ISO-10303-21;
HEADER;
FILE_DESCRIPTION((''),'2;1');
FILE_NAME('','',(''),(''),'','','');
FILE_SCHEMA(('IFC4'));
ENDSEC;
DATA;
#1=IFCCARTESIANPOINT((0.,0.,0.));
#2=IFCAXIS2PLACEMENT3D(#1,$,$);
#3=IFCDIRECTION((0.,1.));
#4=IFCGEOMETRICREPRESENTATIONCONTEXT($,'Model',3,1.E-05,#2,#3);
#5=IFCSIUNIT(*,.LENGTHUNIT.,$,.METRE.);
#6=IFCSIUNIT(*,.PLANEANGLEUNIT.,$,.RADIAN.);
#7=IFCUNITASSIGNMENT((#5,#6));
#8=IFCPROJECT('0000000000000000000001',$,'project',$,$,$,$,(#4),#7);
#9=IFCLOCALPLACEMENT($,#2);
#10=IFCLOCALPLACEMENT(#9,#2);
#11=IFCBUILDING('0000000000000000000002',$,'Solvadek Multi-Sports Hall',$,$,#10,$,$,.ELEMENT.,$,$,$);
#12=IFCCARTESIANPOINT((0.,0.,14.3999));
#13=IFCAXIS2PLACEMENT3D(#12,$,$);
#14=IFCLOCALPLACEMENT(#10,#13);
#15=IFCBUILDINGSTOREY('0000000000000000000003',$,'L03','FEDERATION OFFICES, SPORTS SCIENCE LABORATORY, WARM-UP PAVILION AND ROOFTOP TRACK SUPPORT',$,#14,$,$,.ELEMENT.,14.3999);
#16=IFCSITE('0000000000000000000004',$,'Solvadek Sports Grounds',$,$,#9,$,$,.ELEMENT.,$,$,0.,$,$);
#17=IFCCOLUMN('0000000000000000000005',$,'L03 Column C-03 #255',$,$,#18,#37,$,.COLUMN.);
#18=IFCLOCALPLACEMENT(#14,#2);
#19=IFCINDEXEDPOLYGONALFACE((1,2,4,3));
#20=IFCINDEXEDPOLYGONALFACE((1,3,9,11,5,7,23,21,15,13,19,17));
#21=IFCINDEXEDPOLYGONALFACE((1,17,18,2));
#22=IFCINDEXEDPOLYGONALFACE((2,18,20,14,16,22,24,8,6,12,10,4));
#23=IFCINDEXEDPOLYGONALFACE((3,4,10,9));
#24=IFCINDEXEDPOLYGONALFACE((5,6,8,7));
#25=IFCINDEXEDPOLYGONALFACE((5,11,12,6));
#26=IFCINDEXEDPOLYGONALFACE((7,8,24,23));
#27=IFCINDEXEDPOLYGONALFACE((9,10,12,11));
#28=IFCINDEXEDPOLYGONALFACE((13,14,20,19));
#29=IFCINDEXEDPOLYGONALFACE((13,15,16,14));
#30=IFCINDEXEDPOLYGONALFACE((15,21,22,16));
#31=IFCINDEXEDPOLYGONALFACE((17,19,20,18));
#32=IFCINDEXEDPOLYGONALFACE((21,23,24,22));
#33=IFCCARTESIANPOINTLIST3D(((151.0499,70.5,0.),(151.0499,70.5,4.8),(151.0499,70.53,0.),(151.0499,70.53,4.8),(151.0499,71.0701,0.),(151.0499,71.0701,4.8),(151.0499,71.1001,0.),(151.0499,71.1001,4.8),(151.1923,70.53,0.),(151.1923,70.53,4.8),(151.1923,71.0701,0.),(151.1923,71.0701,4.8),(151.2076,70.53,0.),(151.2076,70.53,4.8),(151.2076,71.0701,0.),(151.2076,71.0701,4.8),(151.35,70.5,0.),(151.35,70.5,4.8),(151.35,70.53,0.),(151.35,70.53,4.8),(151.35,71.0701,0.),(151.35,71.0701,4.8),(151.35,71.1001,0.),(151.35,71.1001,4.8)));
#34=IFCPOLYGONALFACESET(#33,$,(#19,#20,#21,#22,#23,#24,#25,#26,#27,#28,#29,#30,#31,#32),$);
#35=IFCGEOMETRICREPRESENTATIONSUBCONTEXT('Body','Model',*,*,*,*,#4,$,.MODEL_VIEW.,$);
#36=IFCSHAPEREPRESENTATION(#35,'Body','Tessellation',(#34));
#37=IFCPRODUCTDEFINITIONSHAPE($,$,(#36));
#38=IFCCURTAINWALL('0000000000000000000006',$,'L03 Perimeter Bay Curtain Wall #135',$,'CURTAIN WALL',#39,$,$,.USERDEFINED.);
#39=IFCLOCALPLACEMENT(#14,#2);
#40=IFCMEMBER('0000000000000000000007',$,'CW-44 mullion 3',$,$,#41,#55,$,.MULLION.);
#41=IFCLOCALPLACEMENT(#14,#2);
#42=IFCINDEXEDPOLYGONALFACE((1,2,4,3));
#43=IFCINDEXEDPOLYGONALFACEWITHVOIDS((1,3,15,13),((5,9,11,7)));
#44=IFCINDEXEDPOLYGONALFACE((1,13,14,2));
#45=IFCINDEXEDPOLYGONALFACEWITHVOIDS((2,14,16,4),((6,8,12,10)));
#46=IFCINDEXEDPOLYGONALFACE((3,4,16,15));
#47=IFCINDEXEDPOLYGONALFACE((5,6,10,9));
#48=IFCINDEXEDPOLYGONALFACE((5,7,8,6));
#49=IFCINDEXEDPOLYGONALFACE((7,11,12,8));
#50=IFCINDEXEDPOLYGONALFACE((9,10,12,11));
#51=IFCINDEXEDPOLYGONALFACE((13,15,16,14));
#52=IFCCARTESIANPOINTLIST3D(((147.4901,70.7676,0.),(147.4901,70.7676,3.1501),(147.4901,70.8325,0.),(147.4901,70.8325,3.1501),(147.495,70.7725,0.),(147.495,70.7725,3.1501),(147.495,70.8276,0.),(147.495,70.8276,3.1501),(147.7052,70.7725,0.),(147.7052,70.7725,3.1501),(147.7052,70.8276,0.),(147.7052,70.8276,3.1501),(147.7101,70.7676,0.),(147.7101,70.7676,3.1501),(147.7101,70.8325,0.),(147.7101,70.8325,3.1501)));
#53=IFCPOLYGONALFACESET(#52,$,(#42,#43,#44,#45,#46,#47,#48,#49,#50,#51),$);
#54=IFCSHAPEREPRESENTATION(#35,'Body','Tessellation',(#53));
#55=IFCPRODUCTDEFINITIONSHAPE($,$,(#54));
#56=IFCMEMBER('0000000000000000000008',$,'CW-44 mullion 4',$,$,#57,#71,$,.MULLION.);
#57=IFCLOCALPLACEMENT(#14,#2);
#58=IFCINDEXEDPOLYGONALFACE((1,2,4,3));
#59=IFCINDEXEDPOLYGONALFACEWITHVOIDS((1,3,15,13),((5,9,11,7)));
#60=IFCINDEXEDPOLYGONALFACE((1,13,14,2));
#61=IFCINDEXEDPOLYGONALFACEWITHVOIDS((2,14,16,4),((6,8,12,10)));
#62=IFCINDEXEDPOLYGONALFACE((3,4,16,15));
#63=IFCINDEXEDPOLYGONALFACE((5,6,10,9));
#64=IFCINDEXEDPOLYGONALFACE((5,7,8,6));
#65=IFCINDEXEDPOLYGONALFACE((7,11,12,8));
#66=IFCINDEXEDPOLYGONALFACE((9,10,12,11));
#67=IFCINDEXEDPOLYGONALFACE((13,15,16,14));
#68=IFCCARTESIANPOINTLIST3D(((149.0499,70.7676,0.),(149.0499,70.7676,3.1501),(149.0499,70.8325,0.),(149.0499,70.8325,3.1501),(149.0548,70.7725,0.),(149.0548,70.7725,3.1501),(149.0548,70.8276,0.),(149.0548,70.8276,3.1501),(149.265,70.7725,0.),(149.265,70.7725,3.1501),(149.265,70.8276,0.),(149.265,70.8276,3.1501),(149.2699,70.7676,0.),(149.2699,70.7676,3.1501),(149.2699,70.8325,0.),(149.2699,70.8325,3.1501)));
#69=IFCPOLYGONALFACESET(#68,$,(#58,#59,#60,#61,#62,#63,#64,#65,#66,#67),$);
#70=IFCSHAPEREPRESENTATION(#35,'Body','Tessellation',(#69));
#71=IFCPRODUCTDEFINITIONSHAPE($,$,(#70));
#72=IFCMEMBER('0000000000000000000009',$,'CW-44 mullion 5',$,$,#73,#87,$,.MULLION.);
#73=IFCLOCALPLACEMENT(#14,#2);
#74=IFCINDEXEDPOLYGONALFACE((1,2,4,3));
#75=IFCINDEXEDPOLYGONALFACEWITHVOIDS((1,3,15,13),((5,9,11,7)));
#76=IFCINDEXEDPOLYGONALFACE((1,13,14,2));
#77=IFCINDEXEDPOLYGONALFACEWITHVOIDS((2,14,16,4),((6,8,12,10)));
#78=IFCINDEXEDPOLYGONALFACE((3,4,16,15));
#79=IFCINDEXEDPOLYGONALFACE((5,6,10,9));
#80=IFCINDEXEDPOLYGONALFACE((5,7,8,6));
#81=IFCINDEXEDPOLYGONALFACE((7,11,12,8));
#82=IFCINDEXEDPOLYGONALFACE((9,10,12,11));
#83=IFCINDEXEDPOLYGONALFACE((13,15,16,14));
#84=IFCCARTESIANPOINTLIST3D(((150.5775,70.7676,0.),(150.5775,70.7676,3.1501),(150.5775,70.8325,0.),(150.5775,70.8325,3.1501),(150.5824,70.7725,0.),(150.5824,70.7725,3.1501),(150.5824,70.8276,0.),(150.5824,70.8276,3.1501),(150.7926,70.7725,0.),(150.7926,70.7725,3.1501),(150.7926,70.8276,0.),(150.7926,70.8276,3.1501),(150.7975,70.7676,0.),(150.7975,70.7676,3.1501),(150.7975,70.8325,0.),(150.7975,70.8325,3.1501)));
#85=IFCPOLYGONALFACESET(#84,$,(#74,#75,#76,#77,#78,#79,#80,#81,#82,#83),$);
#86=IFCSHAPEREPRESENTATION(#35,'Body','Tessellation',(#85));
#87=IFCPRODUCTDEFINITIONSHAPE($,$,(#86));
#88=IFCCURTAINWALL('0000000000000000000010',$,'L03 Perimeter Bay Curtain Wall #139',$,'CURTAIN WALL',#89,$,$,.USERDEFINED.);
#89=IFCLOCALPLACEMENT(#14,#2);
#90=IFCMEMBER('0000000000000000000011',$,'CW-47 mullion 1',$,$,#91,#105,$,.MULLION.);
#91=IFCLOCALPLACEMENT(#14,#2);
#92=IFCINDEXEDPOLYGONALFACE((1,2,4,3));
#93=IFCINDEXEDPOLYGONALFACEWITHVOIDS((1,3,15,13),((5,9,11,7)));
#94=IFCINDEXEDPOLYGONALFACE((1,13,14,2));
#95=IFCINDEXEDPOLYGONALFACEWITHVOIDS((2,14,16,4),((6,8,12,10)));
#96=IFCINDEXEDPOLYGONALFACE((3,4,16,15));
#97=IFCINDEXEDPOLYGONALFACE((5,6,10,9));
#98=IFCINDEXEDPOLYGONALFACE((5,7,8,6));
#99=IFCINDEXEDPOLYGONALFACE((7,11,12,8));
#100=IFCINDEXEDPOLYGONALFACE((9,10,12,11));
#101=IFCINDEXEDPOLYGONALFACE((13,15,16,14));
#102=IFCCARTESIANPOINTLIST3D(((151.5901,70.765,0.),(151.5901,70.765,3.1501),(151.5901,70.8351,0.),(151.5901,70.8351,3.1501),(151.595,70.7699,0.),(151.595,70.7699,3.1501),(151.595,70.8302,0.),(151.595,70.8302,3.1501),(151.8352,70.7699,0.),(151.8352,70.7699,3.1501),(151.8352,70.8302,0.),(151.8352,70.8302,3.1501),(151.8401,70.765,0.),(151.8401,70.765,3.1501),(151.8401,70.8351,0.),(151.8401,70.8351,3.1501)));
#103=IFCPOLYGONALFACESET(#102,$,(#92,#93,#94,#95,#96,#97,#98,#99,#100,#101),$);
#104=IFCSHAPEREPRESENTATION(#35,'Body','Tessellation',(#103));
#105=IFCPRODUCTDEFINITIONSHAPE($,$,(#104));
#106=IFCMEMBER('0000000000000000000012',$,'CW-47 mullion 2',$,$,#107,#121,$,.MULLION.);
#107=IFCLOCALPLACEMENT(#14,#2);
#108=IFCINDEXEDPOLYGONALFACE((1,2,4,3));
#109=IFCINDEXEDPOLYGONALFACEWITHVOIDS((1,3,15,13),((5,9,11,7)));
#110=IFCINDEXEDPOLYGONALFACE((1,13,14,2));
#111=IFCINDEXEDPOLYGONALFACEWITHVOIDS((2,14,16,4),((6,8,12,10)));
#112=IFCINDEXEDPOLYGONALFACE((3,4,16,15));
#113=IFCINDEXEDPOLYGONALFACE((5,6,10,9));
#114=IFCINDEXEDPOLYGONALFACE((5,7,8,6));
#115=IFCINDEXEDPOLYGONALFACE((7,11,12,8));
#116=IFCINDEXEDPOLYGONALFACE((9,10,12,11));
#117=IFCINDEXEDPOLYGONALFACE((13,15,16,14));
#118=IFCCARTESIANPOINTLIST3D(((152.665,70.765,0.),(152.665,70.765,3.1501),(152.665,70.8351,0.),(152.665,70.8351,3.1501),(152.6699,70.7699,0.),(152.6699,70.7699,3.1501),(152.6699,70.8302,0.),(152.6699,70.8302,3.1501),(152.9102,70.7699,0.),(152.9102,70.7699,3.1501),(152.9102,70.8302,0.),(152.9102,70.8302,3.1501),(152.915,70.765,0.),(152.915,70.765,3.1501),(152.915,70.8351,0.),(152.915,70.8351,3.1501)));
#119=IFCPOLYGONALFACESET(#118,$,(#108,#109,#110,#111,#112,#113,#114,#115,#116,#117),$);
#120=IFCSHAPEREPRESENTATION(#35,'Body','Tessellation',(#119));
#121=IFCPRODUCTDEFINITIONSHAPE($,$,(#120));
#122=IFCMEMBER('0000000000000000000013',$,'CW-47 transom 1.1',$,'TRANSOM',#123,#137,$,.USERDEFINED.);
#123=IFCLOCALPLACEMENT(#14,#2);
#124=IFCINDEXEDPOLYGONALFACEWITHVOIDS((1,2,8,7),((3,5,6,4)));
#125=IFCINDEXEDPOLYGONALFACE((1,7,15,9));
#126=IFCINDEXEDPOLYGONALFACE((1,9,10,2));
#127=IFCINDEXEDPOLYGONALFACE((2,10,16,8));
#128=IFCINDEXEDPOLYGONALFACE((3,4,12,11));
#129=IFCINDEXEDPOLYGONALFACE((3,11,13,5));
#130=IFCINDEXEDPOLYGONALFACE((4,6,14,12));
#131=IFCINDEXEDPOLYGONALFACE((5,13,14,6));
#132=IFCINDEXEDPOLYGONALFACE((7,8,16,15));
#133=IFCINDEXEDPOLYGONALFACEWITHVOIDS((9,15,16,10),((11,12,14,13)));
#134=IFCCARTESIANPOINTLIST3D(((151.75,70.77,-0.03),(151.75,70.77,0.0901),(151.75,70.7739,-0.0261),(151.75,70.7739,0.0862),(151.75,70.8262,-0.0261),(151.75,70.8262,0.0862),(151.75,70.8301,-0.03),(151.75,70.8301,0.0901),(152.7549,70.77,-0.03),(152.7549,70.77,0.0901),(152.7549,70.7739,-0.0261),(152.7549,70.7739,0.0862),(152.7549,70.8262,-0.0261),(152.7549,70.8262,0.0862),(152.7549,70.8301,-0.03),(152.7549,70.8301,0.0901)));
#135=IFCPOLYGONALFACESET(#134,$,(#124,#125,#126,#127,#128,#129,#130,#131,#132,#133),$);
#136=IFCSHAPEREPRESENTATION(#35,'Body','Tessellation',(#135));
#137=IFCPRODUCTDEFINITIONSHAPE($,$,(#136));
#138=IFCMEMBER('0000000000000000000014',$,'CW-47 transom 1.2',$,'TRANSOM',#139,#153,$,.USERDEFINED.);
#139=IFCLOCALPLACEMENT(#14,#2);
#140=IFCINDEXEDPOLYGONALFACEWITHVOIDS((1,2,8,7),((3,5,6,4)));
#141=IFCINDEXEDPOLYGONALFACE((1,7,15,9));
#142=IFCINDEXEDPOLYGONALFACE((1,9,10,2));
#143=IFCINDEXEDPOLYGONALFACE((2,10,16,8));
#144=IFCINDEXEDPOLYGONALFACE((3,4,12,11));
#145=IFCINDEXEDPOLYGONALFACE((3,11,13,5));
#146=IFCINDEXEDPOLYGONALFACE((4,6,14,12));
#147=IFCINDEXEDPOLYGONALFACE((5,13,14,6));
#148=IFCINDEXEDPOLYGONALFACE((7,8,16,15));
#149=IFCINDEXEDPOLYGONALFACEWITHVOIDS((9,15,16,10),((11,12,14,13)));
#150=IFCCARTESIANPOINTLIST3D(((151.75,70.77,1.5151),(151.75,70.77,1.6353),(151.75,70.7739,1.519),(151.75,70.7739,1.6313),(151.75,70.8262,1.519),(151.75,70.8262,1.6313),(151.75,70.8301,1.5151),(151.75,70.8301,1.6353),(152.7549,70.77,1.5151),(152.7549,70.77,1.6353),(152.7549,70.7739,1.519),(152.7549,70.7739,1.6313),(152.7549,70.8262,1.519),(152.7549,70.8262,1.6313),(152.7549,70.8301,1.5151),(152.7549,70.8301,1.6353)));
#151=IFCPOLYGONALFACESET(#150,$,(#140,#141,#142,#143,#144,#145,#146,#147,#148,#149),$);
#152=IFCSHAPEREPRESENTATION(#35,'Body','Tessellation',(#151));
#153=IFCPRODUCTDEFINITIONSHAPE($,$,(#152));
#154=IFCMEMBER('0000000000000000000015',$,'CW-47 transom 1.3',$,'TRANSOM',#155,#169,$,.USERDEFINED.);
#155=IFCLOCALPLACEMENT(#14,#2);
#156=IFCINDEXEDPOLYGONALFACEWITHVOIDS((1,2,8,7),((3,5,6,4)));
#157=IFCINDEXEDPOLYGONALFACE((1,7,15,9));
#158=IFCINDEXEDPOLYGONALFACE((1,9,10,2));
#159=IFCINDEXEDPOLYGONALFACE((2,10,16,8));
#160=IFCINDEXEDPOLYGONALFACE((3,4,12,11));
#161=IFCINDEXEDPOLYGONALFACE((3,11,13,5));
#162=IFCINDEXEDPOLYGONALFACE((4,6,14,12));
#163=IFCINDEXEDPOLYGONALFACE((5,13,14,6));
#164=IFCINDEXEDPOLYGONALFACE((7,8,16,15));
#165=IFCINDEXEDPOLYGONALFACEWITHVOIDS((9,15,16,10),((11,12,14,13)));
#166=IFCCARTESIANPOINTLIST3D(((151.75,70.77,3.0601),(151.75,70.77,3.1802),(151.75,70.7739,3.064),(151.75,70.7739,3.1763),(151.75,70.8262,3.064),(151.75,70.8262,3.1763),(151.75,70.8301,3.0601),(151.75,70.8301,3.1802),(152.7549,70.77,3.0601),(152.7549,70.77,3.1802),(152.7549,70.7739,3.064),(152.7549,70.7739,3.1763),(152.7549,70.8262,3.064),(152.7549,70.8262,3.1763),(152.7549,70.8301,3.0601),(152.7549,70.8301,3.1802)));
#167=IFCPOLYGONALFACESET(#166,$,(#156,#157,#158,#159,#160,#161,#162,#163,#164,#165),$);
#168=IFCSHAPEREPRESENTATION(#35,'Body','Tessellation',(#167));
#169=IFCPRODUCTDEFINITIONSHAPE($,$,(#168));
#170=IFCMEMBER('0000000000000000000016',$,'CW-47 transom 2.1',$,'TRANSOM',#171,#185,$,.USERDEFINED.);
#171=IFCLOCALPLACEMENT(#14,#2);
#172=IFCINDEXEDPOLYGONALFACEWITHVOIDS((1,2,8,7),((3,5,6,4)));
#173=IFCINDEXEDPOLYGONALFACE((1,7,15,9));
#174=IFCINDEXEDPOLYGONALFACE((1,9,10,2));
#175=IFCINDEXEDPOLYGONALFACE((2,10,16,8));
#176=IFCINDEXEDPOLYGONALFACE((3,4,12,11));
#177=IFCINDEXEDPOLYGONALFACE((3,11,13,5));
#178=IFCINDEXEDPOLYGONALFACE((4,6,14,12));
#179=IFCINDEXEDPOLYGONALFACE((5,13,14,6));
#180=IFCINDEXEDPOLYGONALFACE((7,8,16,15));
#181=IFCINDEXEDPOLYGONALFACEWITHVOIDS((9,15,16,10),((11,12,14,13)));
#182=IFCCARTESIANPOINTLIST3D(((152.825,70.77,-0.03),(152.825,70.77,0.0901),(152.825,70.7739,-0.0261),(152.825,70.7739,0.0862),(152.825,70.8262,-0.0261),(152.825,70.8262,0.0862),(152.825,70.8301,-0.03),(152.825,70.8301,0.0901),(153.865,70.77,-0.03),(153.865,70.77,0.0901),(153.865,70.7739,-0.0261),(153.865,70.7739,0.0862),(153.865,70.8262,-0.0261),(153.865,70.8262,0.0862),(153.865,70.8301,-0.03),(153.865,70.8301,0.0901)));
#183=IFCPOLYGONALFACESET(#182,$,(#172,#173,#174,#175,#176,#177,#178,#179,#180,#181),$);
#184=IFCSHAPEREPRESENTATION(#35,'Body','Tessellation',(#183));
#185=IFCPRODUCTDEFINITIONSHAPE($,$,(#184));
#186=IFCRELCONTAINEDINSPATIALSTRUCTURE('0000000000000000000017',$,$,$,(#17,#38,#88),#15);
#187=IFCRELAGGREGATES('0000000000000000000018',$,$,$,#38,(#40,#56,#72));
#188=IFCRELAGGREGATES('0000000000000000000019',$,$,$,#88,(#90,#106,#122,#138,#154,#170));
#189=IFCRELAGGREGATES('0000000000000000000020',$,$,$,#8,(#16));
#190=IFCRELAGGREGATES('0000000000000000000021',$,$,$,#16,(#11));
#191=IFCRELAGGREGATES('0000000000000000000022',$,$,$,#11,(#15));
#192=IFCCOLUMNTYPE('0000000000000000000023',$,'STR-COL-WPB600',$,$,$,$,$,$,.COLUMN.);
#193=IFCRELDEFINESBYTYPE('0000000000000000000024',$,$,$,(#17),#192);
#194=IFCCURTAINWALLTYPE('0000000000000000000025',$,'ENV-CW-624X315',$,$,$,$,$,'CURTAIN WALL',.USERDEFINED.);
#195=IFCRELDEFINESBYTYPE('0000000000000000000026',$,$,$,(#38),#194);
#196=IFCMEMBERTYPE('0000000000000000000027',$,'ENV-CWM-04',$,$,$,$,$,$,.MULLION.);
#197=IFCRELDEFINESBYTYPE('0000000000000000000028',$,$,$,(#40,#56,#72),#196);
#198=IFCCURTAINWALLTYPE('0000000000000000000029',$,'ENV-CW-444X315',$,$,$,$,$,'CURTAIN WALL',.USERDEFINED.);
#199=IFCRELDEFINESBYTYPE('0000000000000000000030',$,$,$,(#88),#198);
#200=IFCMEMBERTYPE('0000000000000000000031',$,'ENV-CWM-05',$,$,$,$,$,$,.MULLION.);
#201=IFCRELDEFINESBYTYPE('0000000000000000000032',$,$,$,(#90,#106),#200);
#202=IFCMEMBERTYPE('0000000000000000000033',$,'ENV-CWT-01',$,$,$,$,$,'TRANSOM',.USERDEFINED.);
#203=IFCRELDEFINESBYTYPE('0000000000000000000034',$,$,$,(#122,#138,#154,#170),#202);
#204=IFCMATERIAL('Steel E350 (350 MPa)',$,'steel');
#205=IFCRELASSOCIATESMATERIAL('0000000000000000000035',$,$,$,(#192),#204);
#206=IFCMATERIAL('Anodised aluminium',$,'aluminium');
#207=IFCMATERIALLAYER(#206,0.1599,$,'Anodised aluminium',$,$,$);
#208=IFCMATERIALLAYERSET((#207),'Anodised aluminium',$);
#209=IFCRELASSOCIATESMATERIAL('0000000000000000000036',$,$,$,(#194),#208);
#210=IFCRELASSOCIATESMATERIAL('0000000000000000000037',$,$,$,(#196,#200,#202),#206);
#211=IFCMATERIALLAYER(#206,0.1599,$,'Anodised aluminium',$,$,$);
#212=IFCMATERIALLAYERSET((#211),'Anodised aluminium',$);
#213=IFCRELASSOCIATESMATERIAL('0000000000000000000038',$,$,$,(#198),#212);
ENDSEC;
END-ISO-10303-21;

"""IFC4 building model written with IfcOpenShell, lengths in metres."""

from ifc_helpers import new_model, si_unit, direction, frame, origin, origin_2d, place, context, subcontext, project, spatial, hollow_rectangle, i_section, extrude, material, layer, layer_set, material_profile, profile_set, type_object, element, aggregate, save


model = new_model("IFC4")

# Units and contexts
model_context = context("Model", 3, precision=1e-05, world=origin(), true_north=direction((0.0, 1.0)))
body_context = subcontext(model_context, "Body", "Model", "MODEL_VIEW")
ifc_project = project(units=[si_unit("LENGTHUNIT", "METRE"), si_unit("PLANEANGLEUNIT", "RADIAN")], contexts=[model_context])

# Site, building, storey
site_placement = place(None, origin())
site = spatial("IfcSite", under=ifc_project, at=site_placement, Name="Solvadek Sports Grounds", CompositionType="ELEMENT", RefElevation=0.0)
building_placement = place(site_placement, origin())
building = spatial("IfcBuilding", under=site, at=building_placement, Name="Solvadek Multi-Sports Hall", CompositionType="ELEMENT")
storey_placement = place(building_placement, frame((0.0, 0.0, 14.3999)))
storey = spatial("IfcBuildingStorey", under=building, at=storey_placement, Name="L03", Description="FEDERATION OFFICES, SPORTS SCIENCE LABORATORY, WARM-UP PAVILION AND ROOFTOP TRACK SUPPORT", CompositionType="ELEMENT", Elevation=14.3999)

# Column
ifc_material_1 = material(Name="Steel E350 (350 MPa)", Category="steel")
ifc_material_profile_1 = material_profile(ifc_material_1, i_section(OverallWidth=0.3, OverallDepth=0.6001, WebThickness=0.0154, FlangeThickness=0.03, at=origin_2d()), Name="WPB 600")
ifc_profile_set_1 = profile_set([ifc_material_profile_1], Name="Steel E350 (350 MPa)")
column_type = type_object("IfcColumnType", Name="STR-COL-WPB600", PredefinedType="COLUMN", material=ifc_profile_set_1)
column_placement = place(storey_placement, frame((151.2, 70.8, 0.0), z_axis=(0.0, 0.0, 1.0), x_axis=(1.0, 0.0, 0.0)))
element("IfcColumn", 1, at=column_placement, inside=storey, type_object=column_type, Name="L03 Column C-03 #255", PredefinedType="COLUMN", context=body_context, shape_type="SweptSolid", body=[
    extrude(i_section(OverallWidth=0.3, OverallDepth=0.6001, WebThickness=0.0154, FlangeThickness=0.03, at=origin_2d()), origin(), (0.0, 0.0, 1.0), 4.8),
])

# Curtain walls, members
ifc_material_2 = material(Name="Anodised aluminium", Category="aluminium")
ifc_layer_1 = layer(ifc_material_2, 0.1599, Name="Anodised aluminium")
ifc_layer_set_1 = layer_set([ifc_layer_1], Name="Anodised aluminium")
curtain_wall_type_1 = type_object("IfcCurtainWallType", Name="ENV-CW-624X315", ElementType="CURTAIN WALL", PredefinedType="USERDEFINED", material=ifc_layer_set_1)
curtain_wall_1_placement = place(storey_placement, origin())
curtain_wall_1 = element("IfcCurtainWall", 2, at=curtain_wall_1_placement, inside=storey, type_object=curtain_wall_type_1, Name="L03 Perimeter Bay Curtain Wall #135", ObjectType="CURTAIN WALL", PredefinedType="USERDEFINED")
ifc_material_profile_2 = material_profile(ifc_material_2, hollow_rectangle(XDim=0.0649, YDim=0.22, WallThickness=0.0049, at=origin_2d()), Name="ALU-M 220x65x5")
ifc_profile_set_2 = profile_set([ifc_material_profile_2], Name="Anodised aluminium")
member_type_1 = type_object("IfcMemberType", Name="ENV-CWM-04", PredefinedType="MULLION", material=ifc_profile_set_2)
member_1_placement = place(storey_placement, frame((147.6001, 70.8, 0.0), z_axis=(0.0, 0.0, 1.0), x_axis=(0.0, 1.0, 0.0)))
member_1 = element("IfcMember", 3, at=member_1_placement, type_object=member_type_1, Name="CW-44 mullion 3", PredefinedType="MULLION", context=body_context, shape_type="SweptSolid", body=[
    extrude(hollow_rectangle(XDim=0.0649, YDim=0.22, WallThickness=0.0049, at=origin_2d()), origin(), (0.0, 0.0, 1.0), 3.1501),
])
member_2_placement = place(storey_placement, frame((149.1599, 70.8, 0.0), z_axis=(0.0, 0.0, 1.0), x_axis=(0.0, 1.0, 0.0)))
member_2 = element("IfcMember", 4, at=member_2_placement, type_object=member_type_1, Name="CW-44 mullion 4", PredefinedType="MULLION", context=body_context, shape_type="SweptSolid", body=[
    extrude(hollow_rectangle(XDim=0.0649, YDim=0.22, WallThickness=0.0049, at=origin_2d()), origin(), (0.0, 0.0, 1.0), 3.1501),
])
member_3_placement = place(storey_placement, frame((150.6875, 70.8, 0.0), z_axis=(0.0, 0.0, 1.0), x_axis=(0.0, 1.0, 0.0)))
member_3 = element("IfcMember", 5, at=member_3_placement, type_object=member_type_1, Name="CW-44 mullion 5", PredefinedType="MULLION", context=body_context, shape_type="SweptSolid", body=[
    extrude(hollow_rectangle(XDim=0.0649, YDim=0.22, WallThickness=0.0049, at=origin_2d()), origin(), (0.0, 0.0, 1.0), 3.1501),
])
ifc_layer_2 = layer(ifc_material_2, 0.1599, Name="Anodised aluminium")
ifc_layer_set_2 = layer_set([ifc_layer_2], Name="Anodised aluminium")
curtain_wall_type_2 = type_object("IfcCurtainWallType", Name="ENV-CW-444X315", ElementType="CURTAIN WALL", PredefinedType="USERDEFINED", material=ifc_layer_set_2)
curtain_wall_2_placement = place(storey_placement, origin())
curtain_wall_2 = element("IfcCurtainWall", 6, at=curtain_wall_2_placement, inside=storey, type_object=curtain_wall_type_2, Name="L03 Perimeter Bay Curtain Wall #139", ObjectType="CURTAIN WALL", PredefinedType="USERDEFINED")
ifc_material_profile_3 = material_profile(ifc_material_2, hollow_rectangle(XDim=0.0701, YDim=0.25, WallThickness=0.0049, at=origin_2d()), Name="ALU-M 250x70x5")
ifc_profile_set_3 = profile_set([ifc_material_profile_3], Name="Anodised aluminium")
member_type_2 = type_object("IfcMemberType", Name="ENV-CWM-05", PredefinedType="MULLION", material=ifc_profile_set_3)
member_4_placement = place(storey_placement, frame((151.7151, 70.8, 0.0), z_axis=(0.0, 0.0, 1.0), x_axis=(0.0, 1.0, 0.0)))
member_4 = element("IfcMember", 7, at=member_4_placement, type_object=member_type_2, Name="CW-47 mullion 1", PredefinedType="MULLION", context=body_context, shape_type="SweptSolid", body=[
    extrude(hollow_rectangle(XDim=0.0701, YDim=0.25, WallThickness=0.0049, at=origin_2d()), origin(), (0.0, 0.0, 1.0), 3.1501),
])
member_5_placement = place(storey_placement, frame((152.79, 70.8, 0.0), z_axis=(0.0, 0.0, 1.0), x_axis=(0.0, 1.0, 0.0)))
member_5 = element("IfcMember", 8, at=member_5_placement, type_object=member_type_2, Name="CW-47 mullion 2", PredefinedType="MULLION", context=body_context, shape_type="SweptSolid", body=[
    extrude(hollow_rectangle(XDim=0.0701, YDim=0.25, WallThickness=0.0049, at=origin_2d()), origin(), (0.0, 0.0, 1.0), 3.1501),
])
ifc_material_profile_4 = material_profile(ifc_material_2, hollow_rectangle(XDim=0.0601, YDim=0.1201, WallThickness=0.0039, at=origin_2d()), Name="ALU-T 120x60x4")
ifc_profile_set_4 = profile_set([ifc_material_profile_4], Name="Anodised aluminium")
member_type_3 = type_object("IfcMemberType", Name="ENV-CWT-01", ElementType="TRANSOM", PredefinedType="USERDEFINED", material=ifc_profile_set_4)
member_6_placement = place(storey_placement, frame((151.75, 70.8, 0.03), z_axis=(1.0, 0.0, 0.0), x_axis=(0.0, 1.0, 0.0)))
member_6 = element("IfcMember", 9, at=member_6_placement, type_object=member_type_3, Name="CW-47 transom 1.1", ObjectType="TRANSOM", PredefinedType="USERDEFINED", context=body_context, shape_type="SweptSolid", body=[
    extrude(hollow_rectangle(XDim=0.0601, YDim=0.1201, WallThickness=0.0039, at=origin_2d()), origin(), (0.0, 0.0, 1.0), 1.0049),
])
member_7_placement = place(storey_placement, frame((151.75, 70.8, 1.5752), z_axis=(1.0, 0.0, 0.0), x_axis=(0.0, 1.0, 0.0)))
member_7 = element("IfcMember", 10, at=member_7_placement, type_object=member_type_3, Name="CW-47 transom 1.2", ObjectType="TRANSOM", PredefinedType="USERDEFINED", context=body_context, shape_type="SweptSolid", body=[
    extrude(hollow_rectangle(XDim=0.0601, YDim=0.1201, WallThickness=0.0039, at=origin_2d()), origin(), (0.0, 0.0, 1.0), 1.0049),
])
member_8_placement = place(storey_placement, frame((151.75, 70.8, 3.1201), z_axis=(1.0, 0.0, 0.0), x_axis=(0.0, 1.0, 0.0)))
member_8 = element("IfcMember", 11, at=member_8_placement, type_object=member_type_3, Name="CW-47 transom 1.3", ObjectType="TRANSOM", PredefinedType="USERDEFINED", context=body_context, shape_type="SweptSolid", body=[
    extrude(hollow_rectangle(XDim=0.0601, YDim=0.1201, WallThickness=0.0039, at=origin_2d()), origin(), (0.0, 0.0, 1.0), 1.0049),
])
member_9_placement = place(storey_placement, frame((152.825, 70.8, 0.03), z_axis=(1.0, 0.0, 0.0), x_axis=(0.0, 1.0, 0.0)))
member_9 = element("IfcMember", 12, at=member_9_placement, type_object=member_type_3, Name="CW-47 transom 2.1", ObjectType="TRANSOM", PredefinedType="USERDEFINED", context=body_context, shape_type="SweptSolid", body=[
    extrude(hollow_rectangle(XDim=0.0601, YDim=0.1201, WallThickness=0.0039, at=origin_2d()), origin(), (0.0, 0.0, 1.0), 1.04),
])

aggregate(curtain_wall_1, [member_1, member_2, member_3])
aggregate(curtain_wall_2, [member_4, member_5, member_6, member_7, member_8, member_9])

save(model, "model.ifc")
